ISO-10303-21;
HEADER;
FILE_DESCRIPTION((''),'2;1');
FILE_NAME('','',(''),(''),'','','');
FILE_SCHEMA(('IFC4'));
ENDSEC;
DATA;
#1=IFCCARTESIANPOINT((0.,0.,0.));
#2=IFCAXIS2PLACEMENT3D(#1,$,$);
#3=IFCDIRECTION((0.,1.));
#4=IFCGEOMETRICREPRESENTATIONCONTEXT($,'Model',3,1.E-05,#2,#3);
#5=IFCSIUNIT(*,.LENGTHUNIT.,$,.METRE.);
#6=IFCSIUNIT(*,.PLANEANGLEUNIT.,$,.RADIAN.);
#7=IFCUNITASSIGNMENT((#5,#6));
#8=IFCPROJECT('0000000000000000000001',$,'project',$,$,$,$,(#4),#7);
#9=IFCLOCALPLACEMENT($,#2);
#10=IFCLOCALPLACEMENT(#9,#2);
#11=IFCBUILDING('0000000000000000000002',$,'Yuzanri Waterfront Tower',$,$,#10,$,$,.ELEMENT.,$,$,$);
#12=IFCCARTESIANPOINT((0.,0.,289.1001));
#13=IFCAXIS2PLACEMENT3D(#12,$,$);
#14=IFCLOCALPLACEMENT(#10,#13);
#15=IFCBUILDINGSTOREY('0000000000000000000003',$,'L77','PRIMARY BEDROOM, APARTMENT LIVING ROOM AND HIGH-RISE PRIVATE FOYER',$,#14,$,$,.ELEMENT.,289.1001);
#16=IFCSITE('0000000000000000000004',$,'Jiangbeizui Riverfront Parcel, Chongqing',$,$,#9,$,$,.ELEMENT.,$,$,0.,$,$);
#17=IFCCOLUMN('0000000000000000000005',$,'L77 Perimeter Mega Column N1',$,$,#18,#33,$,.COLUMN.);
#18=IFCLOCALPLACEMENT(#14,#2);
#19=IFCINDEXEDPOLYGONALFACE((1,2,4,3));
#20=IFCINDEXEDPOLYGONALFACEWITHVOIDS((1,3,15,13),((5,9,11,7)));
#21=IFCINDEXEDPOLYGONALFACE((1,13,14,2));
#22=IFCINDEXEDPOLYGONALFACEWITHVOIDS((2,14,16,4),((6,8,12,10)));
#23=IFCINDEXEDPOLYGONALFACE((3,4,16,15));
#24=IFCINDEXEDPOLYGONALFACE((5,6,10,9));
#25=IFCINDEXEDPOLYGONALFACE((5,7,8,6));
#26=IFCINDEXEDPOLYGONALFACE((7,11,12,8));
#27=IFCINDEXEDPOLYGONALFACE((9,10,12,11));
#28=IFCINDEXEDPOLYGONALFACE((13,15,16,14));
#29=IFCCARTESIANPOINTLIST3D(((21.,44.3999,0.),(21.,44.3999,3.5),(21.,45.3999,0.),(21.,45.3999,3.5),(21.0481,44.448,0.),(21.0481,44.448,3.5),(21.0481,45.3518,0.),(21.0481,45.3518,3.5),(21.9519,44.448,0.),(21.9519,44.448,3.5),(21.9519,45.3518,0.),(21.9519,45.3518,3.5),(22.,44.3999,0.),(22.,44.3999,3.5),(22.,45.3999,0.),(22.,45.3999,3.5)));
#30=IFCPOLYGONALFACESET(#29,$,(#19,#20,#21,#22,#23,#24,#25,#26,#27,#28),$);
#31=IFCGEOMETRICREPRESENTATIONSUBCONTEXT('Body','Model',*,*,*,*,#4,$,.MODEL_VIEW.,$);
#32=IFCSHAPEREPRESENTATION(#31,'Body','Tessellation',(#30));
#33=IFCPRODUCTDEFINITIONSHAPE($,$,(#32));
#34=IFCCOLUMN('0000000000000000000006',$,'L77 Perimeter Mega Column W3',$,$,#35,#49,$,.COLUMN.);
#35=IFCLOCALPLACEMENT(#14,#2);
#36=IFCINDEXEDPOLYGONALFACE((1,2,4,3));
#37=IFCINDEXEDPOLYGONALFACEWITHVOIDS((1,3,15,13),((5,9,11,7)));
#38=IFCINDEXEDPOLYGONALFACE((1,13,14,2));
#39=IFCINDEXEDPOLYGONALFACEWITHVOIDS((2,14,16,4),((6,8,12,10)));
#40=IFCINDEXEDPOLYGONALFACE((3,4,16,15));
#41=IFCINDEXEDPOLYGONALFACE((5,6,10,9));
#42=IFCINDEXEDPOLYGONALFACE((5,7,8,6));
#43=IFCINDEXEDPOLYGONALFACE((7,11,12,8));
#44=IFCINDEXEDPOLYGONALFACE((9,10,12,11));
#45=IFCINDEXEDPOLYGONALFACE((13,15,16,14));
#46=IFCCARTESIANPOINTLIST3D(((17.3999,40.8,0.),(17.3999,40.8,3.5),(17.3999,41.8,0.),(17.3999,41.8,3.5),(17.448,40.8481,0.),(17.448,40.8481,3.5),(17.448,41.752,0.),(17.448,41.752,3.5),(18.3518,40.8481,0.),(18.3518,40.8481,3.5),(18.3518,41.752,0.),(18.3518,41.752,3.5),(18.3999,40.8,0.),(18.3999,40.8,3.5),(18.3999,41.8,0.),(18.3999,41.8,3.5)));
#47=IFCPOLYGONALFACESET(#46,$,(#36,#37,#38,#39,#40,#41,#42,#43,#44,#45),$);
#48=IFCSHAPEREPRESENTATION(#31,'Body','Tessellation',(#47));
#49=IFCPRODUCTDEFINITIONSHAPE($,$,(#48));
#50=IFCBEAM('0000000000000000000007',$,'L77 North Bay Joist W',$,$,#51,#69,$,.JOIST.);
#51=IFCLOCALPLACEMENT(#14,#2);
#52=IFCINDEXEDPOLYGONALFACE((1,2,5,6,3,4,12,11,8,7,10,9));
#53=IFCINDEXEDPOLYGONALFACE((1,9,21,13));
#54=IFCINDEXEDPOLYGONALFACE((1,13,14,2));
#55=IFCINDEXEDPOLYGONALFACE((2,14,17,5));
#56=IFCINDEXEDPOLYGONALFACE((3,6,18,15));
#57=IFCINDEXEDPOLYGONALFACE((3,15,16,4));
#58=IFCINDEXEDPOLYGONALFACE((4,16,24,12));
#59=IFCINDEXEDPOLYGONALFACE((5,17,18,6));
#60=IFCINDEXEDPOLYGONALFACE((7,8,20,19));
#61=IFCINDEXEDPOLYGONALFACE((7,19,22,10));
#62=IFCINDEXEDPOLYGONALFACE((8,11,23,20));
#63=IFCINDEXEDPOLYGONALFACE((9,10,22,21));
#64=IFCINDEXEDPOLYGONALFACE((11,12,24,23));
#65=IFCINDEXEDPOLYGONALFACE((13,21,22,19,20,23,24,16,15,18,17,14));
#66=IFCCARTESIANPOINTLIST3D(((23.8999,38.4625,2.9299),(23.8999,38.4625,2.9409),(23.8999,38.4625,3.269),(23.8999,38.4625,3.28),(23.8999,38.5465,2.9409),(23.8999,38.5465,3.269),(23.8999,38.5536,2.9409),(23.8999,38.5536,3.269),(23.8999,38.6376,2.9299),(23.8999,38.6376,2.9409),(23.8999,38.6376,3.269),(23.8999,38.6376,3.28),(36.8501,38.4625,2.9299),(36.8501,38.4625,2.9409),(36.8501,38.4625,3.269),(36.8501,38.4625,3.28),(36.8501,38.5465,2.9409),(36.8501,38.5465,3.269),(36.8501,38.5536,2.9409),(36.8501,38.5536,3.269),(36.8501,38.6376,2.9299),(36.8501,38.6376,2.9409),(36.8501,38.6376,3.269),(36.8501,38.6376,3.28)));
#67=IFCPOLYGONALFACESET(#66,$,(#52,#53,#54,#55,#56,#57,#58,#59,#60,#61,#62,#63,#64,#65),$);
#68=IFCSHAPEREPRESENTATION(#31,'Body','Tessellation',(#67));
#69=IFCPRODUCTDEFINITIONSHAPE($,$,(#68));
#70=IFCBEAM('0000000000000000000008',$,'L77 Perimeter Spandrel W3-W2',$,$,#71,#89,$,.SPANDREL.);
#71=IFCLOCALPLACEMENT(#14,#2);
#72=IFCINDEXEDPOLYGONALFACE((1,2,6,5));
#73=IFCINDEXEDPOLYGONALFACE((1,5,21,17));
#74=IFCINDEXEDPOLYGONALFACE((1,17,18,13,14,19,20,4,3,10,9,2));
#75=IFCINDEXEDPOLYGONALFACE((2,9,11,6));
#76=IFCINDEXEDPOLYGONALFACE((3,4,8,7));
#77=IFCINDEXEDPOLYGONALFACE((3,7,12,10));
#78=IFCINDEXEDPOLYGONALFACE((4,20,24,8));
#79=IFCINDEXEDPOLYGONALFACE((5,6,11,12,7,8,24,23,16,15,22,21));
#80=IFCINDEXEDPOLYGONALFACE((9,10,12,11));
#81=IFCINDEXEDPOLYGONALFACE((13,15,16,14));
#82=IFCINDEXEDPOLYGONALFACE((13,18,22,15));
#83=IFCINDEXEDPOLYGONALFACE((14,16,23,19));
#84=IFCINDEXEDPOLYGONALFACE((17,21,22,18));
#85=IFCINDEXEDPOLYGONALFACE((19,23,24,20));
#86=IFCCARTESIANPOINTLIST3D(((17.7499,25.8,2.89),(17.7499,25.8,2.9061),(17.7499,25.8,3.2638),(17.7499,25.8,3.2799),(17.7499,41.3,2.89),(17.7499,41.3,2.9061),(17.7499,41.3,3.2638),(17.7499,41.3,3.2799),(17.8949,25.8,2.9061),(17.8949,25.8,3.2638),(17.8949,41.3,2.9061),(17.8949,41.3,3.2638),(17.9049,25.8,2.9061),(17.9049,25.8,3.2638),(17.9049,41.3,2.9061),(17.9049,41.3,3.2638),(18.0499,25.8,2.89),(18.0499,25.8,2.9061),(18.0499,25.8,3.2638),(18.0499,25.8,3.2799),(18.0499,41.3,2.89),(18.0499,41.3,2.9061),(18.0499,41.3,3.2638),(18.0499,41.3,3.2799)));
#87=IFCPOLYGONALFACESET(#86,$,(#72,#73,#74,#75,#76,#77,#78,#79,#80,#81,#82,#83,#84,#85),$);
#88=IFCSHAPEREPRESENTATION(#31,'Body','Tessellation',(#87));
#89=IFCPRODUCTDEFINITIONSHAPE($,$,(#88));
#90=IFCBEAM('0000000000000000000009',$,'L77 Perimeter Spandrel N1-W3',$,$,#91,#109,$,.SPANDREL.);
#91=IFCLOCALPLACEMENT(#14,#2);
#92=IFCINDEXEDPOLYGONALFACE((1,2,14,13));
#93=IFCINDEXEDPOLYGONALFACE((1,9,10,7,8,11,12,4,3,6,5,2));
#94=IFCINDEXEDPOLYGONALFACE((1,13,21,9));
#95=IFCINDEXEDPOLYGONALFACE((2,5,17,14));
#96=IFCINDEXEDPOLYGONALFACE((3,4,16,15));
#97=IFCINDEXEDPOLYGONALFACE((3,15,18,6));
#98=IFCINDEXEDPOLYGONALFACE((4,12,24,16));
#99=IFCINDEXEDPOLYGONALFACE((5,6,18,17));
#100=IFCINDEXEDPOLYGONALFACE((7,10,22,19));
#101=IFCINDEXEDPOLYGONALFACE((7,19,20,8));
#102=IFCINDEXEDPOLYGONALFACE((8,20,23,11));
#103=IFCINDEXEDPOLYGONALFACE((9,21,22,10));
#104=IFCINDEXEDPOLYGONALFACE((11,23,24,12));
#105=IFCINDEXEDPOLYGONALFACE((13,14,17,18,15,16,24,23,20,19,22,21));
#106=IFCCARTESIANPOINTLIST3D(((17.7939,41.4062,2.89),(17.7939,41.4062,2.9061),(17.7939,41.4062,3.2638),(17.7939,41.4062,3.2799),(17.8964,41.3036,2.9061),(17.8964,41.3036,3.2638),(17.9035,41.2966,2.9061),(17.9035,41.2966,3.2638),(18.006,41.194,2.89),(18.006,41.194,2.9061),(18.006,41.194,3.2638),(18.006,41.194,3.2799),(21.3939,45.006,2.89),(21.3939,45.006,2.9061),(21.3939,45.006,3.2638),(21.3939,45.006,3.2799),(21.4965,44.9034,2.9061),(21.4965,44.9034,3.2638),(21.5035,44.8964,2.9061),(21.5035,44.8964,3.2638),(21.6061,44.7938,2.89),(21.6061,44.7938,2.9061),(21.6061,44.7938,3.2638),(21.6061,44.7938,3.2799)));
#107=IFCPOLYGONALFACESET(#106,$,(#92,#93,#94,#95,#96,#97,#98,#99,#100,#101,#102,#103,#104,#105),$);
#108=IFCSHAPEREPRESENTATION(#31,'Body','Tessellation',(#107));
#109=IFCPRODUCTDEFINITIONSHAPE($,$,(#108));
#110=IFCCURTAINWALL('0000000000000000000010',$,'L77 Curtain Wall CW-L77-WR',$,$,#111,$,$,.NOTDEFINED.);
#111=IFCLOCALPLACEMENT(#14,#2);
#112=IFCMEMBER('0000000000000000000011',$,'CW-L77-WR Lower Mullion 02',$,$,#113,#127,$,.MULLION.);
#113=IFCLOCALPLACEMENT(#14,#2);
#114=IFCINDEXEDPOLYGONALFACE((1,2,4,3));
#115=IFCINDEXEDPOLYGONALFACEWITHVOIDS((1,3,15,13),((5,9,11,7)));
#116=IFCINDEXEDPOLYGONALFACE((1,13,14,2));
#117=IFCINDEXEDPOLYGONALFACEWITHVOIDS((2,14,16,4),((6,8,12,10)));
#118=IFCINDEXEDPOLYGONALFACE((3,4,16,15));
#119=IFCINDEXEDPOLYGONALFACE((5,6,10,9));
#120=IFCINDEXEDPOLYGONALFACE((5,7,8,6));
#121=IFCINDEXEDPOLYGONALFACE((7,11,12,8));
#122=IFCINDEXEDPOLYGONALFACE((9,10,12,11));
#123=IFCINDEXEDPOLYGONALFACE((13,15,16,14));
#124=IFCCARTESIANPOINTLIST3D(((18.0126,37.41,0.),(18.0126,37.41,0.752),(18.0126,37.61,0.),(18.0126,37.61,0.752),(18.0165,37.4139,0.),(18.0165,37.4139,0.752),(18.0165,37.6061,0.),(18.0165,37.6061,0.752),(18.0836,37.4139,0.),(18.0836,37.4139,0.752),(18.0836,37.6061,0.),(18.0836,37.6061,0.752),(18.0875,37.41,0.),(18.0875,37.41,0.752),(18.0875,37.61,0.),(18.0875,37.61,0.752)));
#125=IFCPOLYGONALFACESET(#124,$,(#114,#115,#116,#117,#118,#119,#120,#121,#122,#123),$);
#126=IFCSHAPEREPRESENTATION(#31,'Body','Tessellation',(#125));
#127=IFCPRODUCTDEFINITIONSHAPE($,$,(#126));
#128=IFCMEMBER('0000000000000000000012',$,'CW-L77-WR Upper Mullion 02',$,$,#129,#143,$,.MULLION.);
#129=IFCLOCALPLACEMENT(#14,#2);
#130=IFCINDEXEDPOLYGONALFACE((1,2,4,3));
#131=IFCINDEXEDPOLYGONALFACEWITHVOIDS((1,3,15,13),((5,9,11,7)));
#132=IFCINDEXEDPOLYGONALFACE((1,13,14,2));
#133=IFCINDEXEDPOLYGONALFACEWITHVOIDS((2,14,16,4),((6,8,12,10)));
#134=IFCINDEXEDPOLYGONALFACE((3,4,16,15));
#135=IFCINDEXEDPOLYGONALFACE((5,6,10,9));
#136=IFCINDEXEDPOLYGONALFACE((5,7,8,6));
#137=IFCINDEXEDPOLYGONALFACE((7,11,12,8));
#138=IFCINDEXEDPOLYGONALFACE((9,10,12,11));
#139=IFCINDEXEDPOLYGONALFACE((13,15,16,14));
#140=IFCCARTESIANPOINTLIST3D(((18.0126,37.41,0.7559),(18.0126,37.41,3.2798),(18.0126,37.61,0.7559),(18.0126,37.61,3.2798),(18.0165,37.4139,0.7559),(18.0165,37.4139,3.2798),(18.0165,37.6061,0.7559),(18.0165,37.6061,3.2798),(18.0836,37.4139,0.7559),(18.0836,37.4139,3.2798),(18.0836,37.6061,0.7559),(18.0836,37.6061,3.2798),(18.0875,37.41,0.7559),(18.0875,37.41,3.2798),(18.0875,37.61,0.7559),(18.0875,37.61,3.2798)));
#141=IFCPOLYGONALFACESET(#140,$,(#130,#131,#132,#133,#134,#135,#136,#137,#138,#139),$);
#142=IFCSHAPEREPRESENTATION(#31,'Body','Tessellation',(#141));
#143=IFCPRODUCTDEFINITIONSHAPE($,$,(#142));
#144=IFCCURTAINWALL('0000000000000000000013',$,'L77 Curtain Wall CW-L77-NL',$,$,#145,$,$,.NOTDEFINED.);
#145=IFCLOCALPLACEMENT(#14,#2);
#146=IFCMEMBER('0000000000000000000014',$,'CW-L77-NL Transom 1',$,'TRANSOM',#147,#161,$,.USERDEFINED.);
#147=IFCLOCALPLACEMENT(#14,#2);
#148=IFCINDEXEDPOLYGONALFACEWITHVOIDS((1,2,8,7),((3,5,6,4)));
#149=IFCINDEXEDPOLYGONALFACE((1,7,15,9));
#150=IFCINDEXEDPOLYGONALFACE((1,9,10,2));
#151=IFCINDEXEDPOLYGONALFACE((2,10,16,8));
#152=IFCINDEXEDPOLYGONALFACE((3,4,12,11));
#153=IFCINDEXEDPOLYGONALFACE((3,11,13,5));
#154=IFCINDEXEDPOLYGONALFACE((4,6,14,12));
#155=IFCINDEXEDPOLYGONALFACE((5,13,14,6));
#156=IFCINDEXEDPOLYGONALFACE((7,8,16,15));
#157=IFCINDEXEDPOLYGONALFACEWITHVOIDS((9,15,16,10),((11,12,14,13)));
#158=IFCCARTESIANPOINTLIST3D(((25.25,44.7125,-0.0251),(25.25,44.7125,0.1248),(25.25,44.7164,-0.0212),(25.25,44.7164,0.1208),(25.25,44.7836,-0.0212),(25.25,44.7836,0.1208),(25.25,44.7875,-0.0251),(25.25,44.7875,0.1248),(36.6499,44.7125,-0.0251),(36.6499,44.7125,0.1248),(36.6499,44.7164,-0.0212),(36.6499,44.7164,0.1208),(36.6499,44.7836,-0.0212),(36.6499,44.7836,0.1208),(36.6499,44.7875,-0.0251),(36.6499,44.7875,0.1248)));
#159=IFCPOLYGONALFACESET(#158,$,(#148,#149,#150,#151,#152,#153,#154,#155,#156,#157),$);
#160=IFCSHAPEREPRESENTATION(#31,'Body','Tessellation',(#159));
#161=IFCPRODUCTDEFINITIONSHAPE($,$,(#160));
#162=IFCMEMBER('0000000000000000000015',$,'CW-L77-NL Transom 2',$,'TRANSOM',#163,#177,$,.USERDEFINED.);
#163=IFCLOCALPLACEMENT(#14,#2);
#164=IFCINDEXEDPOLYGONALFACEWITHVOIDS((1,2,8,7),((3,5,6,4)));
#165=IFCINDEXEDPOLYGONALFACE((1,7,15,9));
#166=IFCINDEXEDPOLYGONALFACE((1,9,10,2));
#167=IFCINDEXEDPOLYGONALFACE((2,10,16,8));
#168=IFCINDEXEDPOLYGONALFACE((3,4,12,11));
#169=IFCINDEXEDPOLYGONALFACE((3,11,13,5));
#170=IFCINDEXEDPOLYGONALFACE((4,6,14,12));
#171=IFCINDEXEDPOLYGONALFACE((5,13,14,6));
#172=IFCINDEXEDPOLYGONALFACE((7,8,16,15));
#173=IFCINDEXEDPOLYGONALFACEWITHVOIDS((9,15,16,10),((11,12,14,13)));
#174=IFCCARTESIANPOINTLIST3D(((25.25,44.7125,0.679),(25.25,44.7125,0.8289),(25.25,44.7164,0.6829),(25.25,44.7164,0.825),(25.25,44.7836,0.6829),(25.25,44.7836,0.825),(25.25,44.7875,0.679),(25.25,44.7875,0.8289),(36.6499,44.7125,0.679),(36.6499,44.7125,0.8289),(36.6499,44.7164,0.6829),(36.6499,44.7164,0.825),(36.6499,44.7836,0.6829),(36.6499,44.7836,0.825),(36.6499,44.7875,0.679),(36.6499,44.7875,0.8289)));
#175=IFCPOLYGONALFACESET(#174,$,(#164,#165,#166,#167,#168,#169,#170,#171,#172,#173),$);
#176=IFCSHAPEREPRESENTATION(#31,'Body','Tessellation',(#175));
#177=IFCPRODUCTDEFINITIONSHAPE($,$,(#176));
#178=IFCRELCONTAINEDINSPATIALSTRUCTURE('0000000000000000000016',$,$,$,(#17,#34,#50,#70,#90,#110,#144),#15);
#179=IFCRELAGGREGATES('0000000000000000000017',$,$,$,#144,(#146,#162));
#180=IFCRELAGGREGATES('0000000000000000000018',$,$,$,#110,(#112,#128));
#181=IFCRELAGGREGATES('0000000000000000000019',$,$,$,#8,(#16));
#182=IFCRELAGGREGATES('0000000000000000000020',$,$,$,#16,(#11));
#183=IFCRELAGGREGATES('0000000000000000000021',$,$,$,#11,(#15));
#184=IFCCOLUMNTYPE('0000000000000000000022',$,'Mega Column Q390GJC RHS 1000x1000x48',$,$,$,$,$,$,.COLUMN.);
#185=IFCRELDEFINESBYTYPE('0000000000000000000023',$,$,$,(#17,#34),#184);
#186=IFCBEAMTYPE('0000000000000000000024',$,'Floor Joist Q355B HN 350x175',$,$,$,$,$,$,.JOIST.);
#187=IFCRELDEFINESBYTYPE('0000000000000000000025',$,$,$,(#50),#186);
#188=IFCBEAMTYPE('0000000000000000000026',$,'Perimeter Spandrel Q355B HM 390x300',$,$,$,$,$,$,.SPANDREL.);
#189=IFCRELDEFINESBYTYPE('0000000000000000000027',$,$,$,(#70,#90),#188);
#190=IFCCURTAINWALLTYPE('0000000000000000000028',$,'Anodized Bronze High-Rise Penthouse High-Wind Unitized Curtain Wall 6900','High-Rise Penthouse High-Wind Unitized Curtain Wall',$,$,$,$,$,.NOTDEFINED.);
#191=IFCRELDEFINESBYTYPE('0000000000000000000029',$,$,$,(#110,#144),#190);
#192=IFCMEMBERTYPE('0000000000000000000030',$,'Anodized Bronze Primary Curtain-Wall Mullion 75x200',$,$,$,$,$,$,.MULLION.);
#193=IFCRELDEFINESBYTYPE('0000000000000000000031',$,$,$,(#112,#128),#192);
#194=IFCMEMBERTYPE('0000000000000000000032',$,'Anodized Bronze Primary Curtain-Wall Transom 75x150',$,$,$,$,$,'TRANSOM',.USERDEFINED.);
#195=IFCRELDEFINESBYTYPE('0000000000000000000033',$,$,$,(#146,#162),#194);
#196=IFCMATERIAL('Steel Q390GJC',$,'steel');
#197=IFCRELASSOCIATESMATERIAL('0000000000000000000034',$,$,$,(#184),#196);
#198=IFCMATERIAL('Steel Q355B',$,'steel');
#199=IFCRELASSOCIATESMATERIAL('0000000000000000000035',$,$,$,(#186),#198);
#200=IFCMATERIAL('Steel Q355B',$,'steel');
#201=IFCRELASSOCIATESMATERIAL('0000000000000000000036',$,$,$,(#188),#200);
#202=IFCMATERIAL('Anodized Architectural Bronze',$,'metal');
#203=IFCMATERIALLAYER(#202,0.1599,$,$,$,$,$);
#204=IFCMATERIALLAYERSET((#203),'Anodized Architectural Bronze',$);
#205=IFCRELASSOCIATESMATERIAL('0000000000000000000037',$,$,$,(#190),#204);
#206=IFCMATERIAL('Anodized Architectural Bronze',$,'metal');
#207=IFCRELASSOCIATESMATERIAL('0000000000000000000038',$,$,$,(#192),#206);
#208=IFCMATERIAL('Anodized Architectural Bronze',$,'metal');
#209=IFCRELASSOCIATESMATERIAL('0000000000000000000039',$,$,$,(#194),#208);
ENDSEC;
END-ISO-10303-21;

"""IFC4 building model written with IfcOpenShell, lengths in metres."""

from ifc_helpers import new_model, si_unit, direction, frame, origin, origin_2d, place, context, subcontext, project, spatial, hollow_rectangle, i_section, extrude, source, transform, mapped, material, layer, layer_set, material_profile, profile_set, type_object, element, aggregate, save


model = new_model("IFC4")

# Units and contexts
model_context = context("Model", 3, precision=1e-05, world=origin(), true_north=direction((0.0, 1.0)))
body_context = subcontext(model_context, "Body", "Model", "MODEL_VIEW")
ifc_project = project(units=[si_unit("LENGTHUNIT", "METRE"), si_unit("PLANEANGLEUNIT", "RADIAN")], contexts=[model_context])

# Site, building, storey
site_placement = place(None, origin())
site = spatial("IfcSite", under=ifc_project, at=site_placement, Name="Jiangbeizui Riverfront Parcel, Chongqing", CompositionType="ELEMENT", RefElevation=0.0)
building_placement = place(site_placement, origin())
building = spatial("IfcBuilding", under=site, at=building_placement, Name="Yuzanri Waterfront Tower", CompositionType="ELEMENT")
storey_placement = place(building_placement, frame((0.0, 0.0, 289.1001)))
storey = spatial("IfcBuildingStorey", under=building, at=storey_placement, Name="L77", Description="PRIMARY BEDROOM, APARTMENT LIVING ROOM AND HIGH-RISE PRIVATE FOYER", CompositionType="ELEMENT", Elevation=289.1001)

# Columns
ifc_material_1 = material(Name="Steel Q390GJC", Category="steel")
ifc_material_profile_1 = material_profile(ifc_material_1, hollow_rectangle(XDim=1.0, YDim=1.0, WallThickness=0.0481, at=origin_2d()), Name="RHS 1000x1000x48")
ifc_profile_set_1 = profile_set([ifc_material_profile_1], Name="Steel Q390GJC")
column_type = type_object("IfcColumnType", Name="Mega Column Q390GJC RHS 1000x1000x48", PredefinedType="COLUMN", material=ifc_profile_set_1)
shared_shape_1 = source(origin(), body_context, "Body", "SweptSolid", [
    extrude(hollow_rectangle(XDim=1.0, YDim=1.0, WallThickness=0.0481, at=origin_2d()), origin(), (0.0, 0.0, 1.0), 3.5),
])
for number, where, z_axis, x_axis, name in (
    (1, (21.5, 44.8999, 0.0), (0.0, 0.0, 1.0), (1.0, 0.0, 0.0), "L77 Perimeter Mega Column N1"),
    (2, (17.8999, 41.3, 0.0), (0.0, 0.0, 1.0), (1.0, 0.0, 0.0), "L77 Perimeter Mega Column W3"),
):
    element("IfcColumn", number, at=place(storey_placement, frame(where, z_axis=z_axis, x_axis=x_axis)), inside=storey, type_object=column_type, Name=name, PredefinedType="COLUMN", context=body_context, shape_type="MappedRepresentation", body=[
        mapped(shared_shape_1, transform((0.0, 0.0, 0.0), scale=1.0)),
    ])

# Beams
ifc_material_2 = material(Name="Steel Q355B", Category="steel")
ifc_material_profile_2 = material_profile(ifc_material_2, i_section(OverallWidth=0.175, OverallDepth=0.3501, WebThickness=0.0071, FlangeThickness=0.011, at=origin_2d()), Name="HN 350x175x7x11")
ifc_profile_set_2 = profile_set([ifc_material_profile_2], Name="Steel Q355B")
beam_type_1 = type_object("IfcBeamType", Name="Floor Joist Q355B HN 350x175", PredefinedType="JOIST", material=ifc_profile_set_2)
shared_shape_2 = source(origin(), body_context, "Body", "SweptSolid", [
    extrude(i_section(OverallWidth=0.175, OverallDepth=0.3501, WebThickness=0.0071, FlangeThickness=0.011, at=origin_2d()), origin(), (0.0, 0.0, 1.0), 12.9502),
])
beam_1_placement = place(storey_placement, frame((23.8999, 38.55, 3.105), z_axis=(1.0, 0.0, 0.0), x_axis=(0.0, 1.0, 0.0)))
element("IfcBeam", 3, at=beam_1_placement, inside=storey, type_object=beam_type_1, Name="L77 North Bay Joist W", PredefinedType="JOIST", context=body_context, shape_type="MappedRepresentation", body=[
    mapped(shared_shape_2, transform((0.0, 0.0, 0.0), scale=1.0)),
])
ifc_material_3 = material(Name="Steel Q355B", Category="steel")
ifc_material_profile_3 = material_profile(ifc_material_3, i_section(OverallWidth=0.3, OverallDepth=0.3899, WebThickness=0.01, FlangeThickness=0.0161, at=origin_2d()), Name="HM 390x300x10x16")
ifc_profile_set_3 = profile_set([ifc_material_profile_3], Name="Steel Q355B")
beam_type_2 = type_object("IfcBeamType", Name="Perimeter Spandrel Q355B HM 390x300", PredefinedType="SPANDREL", material=ifc_profile_set_3)
shared_shape_3 = source(origin(), body_context, "Body", "SweptSolid", [
    extrude(i_section(OverallWidth=0.3, OverallDepth=0.3899, WebThickness=0.01, FlangeThickness=0.0161, at=origin_2d()), origin(), (0.0, 0.0, 1.0), 15.5),
])
beam_2_placement = place(storey_placement, frame((17.8999, 41.3, 3.085), z_axis=(0.0, -1.0, 0.0), x_axis=(1.0, 0.0, 0.0)))
element("IfcBeam", 4, at=beam_2_placement, inside=storey, type_object=beam_type_2, Name="L77 Perimeter Spandrel W3-W2", PredefinedType="SPANDREL", context=body_context, shape_type="MappedRepresentation", body=[
    mapped(shared_shape_3, transform((0.0, 0.0, 0.0), scale=1.0)),
])
shared_shape_4 = source(origin(), body_context, "Body", "SweptSolid", [
    extrude(i_section(OverallWidth=0.3, OverallDepth=0.3899, WebThickness=0.01, FlangeThickness=0.0161, at=origin_2d()), origin(), (0.0, 0.0, 1.0), 5.0911),
])
beam_3_placement = place(storey_placement, frame((21.5, 44.8999, 3.085), z_axis=(-0.707131, -0.707083, 0.0), x_axis=(0.707083, -0.707131, 0.0)))
element("IfcBeam", 5, at=beam_3_placement, inside=storey, type_object=beam_type_2, Name="L77 Perimeter Spandrel N1-W3", PredefinedType="SPANDREL", context=body_context, shape_type="MappedRepresentation", body=[
    mapped(shared_shape_4, transform((0.0, 0.0, 0.0), scale=1.0)),
])

# Curtain walls, members
ifc_material_4 = material(Name="Anodized Architectural Bronze", Category="metal")
ifc_layer_1 = layer(ifc_material_4, 0.1599)
ifc_layer_set_1 = layer_set([ifc_layer_1], Name="Anodized Architectural Bronze")
curtain_wall_type = type_object("IfcCurtainWallType", Name="Anodized Bronze High-Rise Penthouse High-Wind Unitized Curtain Wall 6900", Description="High-Rise Penthouse High-Wind Unitized Curtain Wall", PredefinedType="NOTDEFINED", material=ifc_layer_set_1)
curtain_wall_1_placement = place(storey_placement, origin())
curtain_wall_1 = element("IfcCurtainWall", 6, at=curtain_wall_1_placement, inside=storey, type_object=curtain_wall_type, Name="L77 Curtain Wall CW-L77-WR", PredefinedType="NOTDEFINED")
ifc_material_5 = material(Name="Anodized Architectural Bronze", Category="metal")
ifc_material_profile_4 = material_profile(ifc_material_5, hollow_rectangle(XDim=0.075, YDim=0.2, WallThickness=0.0039, at=origin_2d()), Name="CWM 75x200")
ifc_profile_set_4 = profile_set([ifc_material_profile_4], Name="Anodized Architectural Bronze")
member_type_1 = type_object("IfcMemberType", Name="Anodized Bronze Primary Curtain-Wall Mullion 75x200", PredefinedType="MULLION", material=ifc_profile_set_4)
shared_shape_5 = source(origin(), body_context, "Body", "SweptSolid", [
    extrude(hollow_rectangle(XDim=0.075, YDim=0.2, WallThickness=0.0039, at=origin_2d()), origin(), (0.0, 0.0, 1.0), 0.752),
])
member_1_placement = place(storey_placement, frame((18.05, 37.51, 0.0), z_axis=(0.0, 0.0, 1.0), x_axis=(1.0, 0.0, 0.0)))
member_1 = element("IfcMember", 7, at=member_1_placement, type_object=member_type_1, Name="CW-L77-WR Lower Mullion 02", PredefinedType="MULLION", context=body_context, shape_type="MappedRepresentation", body=[
    mapped(shared_shape_5, transform((0.0, 0.0, 0.0), scale=1.0)),
])
shared_shape_6 = source(origin(), body_context, "Body", "SweptSolid", [
    extrude(hollow_rectangle(XDim=0.075, YDim=0.2, WallThickness=0.0039, at=origin_2d()), origin(), (0.0, 0.0, 1.0), 2.5239),
])
member_2_placement = place(storey_placement, frame((18.05, 37.51, 0.7559), z_axis=(0.0, 0.0, 1.0), x_axis=(1.0, 0.0, 0.0)))
member_2 = element("IfcMember", 8, at=member_2_placement, type_object=member_type_1, Name="CW-L77-WR Upper Mullion 02", PredefinedType="MULLION", context=body_context, shape_type="MappedRepresentation", body=[
    mapped(shared_shape_6, transform((0.0, 0.0, 0.0), scale=1.0)),
])
curtain_wall_2_placement = place(storey_placement, origin())
curtain_wall_2 = element("IfcCurtainWall", 9, at=curtain_wall_2_placement, inside=storey, type_object=curtain_wall_type, Name="L77 Curtain Wall CW-L77-NL", PredefinedType="NOTDEFINED")
ifc_material_6 = material(Name="Anodized Architectural Bronze", Category="metal")
ifc_material_profile_5 = material_profile(ifc_material_6, hollow_rectangle(XDim=0.075, YDim=0.1499, WallThickness=0.0039, at=origin_2d()), Name="CWT 75x150")
ifc_profile_set_5 = profile_set([ifc_material_profile_5], Name="Anodized Architectural Bronze")
member_type_2 = type_object("IfcMemberType", Name="Anodized Bronze Primary Curtain-Wall Transom 75x150", ElementType="TRANSOM", PredefinedType="USERDEFINED", material=ifc_profile_set_5)
shared_shape_7 = source(origin(), body_context, "Body", "SweptSolid", [
    extrude(hollow_rectangle(XDim=0.075, YDim=0.1499, WallThickness=0.0039, at=origin_2d()), origin(), (0.0, 0.0, 1.0), 11.3999),
])
member_3_placement = place(storey_placement, frame((25.25, 44.75, 0.0498), z_axis=(1.0, 0.0, 0.0), x_axis=(0.0, 1.0, 0.0)))
member_3 = element("IfcMember", 10, at=member_3_placement, type_object=member_type_2, Name="CW-L77-NL Transom 1", ObjectType="TRANSOM", PredefinedType="USERDEFINED", context=body_context, shape_type="MappedRepresentation", body=[
    mapped(shared_shape_7, transform((0.0, 0.0, 0.0), scale=1.0)),
])
member_4_placement = place(storey_placement, frame((25.25, 44.75, 0.7539), z_axis=(1.0, 0.0, 0.0), x_axis=(0.0, 1.0, 0.0)))
member_4 = element("IfcMember", 11, at=member_4_placement, type_object=member_type_2, Name="CW-L77-NL Transom 2", ObjectType="TRANSOM", PredefinedType="USERDEFINED", context=body_context, shape_type="MappedRepresentation", body=[
    mapped(shared_shape_7, transform((0.0, 0.0, 0.0), scale=1.0)),
])
aggregate(curtain_wall_2, [member_3, member_4])

aggregate(curtain_wall_1, [member_1, member_2])

save(model, "model.ifc")
